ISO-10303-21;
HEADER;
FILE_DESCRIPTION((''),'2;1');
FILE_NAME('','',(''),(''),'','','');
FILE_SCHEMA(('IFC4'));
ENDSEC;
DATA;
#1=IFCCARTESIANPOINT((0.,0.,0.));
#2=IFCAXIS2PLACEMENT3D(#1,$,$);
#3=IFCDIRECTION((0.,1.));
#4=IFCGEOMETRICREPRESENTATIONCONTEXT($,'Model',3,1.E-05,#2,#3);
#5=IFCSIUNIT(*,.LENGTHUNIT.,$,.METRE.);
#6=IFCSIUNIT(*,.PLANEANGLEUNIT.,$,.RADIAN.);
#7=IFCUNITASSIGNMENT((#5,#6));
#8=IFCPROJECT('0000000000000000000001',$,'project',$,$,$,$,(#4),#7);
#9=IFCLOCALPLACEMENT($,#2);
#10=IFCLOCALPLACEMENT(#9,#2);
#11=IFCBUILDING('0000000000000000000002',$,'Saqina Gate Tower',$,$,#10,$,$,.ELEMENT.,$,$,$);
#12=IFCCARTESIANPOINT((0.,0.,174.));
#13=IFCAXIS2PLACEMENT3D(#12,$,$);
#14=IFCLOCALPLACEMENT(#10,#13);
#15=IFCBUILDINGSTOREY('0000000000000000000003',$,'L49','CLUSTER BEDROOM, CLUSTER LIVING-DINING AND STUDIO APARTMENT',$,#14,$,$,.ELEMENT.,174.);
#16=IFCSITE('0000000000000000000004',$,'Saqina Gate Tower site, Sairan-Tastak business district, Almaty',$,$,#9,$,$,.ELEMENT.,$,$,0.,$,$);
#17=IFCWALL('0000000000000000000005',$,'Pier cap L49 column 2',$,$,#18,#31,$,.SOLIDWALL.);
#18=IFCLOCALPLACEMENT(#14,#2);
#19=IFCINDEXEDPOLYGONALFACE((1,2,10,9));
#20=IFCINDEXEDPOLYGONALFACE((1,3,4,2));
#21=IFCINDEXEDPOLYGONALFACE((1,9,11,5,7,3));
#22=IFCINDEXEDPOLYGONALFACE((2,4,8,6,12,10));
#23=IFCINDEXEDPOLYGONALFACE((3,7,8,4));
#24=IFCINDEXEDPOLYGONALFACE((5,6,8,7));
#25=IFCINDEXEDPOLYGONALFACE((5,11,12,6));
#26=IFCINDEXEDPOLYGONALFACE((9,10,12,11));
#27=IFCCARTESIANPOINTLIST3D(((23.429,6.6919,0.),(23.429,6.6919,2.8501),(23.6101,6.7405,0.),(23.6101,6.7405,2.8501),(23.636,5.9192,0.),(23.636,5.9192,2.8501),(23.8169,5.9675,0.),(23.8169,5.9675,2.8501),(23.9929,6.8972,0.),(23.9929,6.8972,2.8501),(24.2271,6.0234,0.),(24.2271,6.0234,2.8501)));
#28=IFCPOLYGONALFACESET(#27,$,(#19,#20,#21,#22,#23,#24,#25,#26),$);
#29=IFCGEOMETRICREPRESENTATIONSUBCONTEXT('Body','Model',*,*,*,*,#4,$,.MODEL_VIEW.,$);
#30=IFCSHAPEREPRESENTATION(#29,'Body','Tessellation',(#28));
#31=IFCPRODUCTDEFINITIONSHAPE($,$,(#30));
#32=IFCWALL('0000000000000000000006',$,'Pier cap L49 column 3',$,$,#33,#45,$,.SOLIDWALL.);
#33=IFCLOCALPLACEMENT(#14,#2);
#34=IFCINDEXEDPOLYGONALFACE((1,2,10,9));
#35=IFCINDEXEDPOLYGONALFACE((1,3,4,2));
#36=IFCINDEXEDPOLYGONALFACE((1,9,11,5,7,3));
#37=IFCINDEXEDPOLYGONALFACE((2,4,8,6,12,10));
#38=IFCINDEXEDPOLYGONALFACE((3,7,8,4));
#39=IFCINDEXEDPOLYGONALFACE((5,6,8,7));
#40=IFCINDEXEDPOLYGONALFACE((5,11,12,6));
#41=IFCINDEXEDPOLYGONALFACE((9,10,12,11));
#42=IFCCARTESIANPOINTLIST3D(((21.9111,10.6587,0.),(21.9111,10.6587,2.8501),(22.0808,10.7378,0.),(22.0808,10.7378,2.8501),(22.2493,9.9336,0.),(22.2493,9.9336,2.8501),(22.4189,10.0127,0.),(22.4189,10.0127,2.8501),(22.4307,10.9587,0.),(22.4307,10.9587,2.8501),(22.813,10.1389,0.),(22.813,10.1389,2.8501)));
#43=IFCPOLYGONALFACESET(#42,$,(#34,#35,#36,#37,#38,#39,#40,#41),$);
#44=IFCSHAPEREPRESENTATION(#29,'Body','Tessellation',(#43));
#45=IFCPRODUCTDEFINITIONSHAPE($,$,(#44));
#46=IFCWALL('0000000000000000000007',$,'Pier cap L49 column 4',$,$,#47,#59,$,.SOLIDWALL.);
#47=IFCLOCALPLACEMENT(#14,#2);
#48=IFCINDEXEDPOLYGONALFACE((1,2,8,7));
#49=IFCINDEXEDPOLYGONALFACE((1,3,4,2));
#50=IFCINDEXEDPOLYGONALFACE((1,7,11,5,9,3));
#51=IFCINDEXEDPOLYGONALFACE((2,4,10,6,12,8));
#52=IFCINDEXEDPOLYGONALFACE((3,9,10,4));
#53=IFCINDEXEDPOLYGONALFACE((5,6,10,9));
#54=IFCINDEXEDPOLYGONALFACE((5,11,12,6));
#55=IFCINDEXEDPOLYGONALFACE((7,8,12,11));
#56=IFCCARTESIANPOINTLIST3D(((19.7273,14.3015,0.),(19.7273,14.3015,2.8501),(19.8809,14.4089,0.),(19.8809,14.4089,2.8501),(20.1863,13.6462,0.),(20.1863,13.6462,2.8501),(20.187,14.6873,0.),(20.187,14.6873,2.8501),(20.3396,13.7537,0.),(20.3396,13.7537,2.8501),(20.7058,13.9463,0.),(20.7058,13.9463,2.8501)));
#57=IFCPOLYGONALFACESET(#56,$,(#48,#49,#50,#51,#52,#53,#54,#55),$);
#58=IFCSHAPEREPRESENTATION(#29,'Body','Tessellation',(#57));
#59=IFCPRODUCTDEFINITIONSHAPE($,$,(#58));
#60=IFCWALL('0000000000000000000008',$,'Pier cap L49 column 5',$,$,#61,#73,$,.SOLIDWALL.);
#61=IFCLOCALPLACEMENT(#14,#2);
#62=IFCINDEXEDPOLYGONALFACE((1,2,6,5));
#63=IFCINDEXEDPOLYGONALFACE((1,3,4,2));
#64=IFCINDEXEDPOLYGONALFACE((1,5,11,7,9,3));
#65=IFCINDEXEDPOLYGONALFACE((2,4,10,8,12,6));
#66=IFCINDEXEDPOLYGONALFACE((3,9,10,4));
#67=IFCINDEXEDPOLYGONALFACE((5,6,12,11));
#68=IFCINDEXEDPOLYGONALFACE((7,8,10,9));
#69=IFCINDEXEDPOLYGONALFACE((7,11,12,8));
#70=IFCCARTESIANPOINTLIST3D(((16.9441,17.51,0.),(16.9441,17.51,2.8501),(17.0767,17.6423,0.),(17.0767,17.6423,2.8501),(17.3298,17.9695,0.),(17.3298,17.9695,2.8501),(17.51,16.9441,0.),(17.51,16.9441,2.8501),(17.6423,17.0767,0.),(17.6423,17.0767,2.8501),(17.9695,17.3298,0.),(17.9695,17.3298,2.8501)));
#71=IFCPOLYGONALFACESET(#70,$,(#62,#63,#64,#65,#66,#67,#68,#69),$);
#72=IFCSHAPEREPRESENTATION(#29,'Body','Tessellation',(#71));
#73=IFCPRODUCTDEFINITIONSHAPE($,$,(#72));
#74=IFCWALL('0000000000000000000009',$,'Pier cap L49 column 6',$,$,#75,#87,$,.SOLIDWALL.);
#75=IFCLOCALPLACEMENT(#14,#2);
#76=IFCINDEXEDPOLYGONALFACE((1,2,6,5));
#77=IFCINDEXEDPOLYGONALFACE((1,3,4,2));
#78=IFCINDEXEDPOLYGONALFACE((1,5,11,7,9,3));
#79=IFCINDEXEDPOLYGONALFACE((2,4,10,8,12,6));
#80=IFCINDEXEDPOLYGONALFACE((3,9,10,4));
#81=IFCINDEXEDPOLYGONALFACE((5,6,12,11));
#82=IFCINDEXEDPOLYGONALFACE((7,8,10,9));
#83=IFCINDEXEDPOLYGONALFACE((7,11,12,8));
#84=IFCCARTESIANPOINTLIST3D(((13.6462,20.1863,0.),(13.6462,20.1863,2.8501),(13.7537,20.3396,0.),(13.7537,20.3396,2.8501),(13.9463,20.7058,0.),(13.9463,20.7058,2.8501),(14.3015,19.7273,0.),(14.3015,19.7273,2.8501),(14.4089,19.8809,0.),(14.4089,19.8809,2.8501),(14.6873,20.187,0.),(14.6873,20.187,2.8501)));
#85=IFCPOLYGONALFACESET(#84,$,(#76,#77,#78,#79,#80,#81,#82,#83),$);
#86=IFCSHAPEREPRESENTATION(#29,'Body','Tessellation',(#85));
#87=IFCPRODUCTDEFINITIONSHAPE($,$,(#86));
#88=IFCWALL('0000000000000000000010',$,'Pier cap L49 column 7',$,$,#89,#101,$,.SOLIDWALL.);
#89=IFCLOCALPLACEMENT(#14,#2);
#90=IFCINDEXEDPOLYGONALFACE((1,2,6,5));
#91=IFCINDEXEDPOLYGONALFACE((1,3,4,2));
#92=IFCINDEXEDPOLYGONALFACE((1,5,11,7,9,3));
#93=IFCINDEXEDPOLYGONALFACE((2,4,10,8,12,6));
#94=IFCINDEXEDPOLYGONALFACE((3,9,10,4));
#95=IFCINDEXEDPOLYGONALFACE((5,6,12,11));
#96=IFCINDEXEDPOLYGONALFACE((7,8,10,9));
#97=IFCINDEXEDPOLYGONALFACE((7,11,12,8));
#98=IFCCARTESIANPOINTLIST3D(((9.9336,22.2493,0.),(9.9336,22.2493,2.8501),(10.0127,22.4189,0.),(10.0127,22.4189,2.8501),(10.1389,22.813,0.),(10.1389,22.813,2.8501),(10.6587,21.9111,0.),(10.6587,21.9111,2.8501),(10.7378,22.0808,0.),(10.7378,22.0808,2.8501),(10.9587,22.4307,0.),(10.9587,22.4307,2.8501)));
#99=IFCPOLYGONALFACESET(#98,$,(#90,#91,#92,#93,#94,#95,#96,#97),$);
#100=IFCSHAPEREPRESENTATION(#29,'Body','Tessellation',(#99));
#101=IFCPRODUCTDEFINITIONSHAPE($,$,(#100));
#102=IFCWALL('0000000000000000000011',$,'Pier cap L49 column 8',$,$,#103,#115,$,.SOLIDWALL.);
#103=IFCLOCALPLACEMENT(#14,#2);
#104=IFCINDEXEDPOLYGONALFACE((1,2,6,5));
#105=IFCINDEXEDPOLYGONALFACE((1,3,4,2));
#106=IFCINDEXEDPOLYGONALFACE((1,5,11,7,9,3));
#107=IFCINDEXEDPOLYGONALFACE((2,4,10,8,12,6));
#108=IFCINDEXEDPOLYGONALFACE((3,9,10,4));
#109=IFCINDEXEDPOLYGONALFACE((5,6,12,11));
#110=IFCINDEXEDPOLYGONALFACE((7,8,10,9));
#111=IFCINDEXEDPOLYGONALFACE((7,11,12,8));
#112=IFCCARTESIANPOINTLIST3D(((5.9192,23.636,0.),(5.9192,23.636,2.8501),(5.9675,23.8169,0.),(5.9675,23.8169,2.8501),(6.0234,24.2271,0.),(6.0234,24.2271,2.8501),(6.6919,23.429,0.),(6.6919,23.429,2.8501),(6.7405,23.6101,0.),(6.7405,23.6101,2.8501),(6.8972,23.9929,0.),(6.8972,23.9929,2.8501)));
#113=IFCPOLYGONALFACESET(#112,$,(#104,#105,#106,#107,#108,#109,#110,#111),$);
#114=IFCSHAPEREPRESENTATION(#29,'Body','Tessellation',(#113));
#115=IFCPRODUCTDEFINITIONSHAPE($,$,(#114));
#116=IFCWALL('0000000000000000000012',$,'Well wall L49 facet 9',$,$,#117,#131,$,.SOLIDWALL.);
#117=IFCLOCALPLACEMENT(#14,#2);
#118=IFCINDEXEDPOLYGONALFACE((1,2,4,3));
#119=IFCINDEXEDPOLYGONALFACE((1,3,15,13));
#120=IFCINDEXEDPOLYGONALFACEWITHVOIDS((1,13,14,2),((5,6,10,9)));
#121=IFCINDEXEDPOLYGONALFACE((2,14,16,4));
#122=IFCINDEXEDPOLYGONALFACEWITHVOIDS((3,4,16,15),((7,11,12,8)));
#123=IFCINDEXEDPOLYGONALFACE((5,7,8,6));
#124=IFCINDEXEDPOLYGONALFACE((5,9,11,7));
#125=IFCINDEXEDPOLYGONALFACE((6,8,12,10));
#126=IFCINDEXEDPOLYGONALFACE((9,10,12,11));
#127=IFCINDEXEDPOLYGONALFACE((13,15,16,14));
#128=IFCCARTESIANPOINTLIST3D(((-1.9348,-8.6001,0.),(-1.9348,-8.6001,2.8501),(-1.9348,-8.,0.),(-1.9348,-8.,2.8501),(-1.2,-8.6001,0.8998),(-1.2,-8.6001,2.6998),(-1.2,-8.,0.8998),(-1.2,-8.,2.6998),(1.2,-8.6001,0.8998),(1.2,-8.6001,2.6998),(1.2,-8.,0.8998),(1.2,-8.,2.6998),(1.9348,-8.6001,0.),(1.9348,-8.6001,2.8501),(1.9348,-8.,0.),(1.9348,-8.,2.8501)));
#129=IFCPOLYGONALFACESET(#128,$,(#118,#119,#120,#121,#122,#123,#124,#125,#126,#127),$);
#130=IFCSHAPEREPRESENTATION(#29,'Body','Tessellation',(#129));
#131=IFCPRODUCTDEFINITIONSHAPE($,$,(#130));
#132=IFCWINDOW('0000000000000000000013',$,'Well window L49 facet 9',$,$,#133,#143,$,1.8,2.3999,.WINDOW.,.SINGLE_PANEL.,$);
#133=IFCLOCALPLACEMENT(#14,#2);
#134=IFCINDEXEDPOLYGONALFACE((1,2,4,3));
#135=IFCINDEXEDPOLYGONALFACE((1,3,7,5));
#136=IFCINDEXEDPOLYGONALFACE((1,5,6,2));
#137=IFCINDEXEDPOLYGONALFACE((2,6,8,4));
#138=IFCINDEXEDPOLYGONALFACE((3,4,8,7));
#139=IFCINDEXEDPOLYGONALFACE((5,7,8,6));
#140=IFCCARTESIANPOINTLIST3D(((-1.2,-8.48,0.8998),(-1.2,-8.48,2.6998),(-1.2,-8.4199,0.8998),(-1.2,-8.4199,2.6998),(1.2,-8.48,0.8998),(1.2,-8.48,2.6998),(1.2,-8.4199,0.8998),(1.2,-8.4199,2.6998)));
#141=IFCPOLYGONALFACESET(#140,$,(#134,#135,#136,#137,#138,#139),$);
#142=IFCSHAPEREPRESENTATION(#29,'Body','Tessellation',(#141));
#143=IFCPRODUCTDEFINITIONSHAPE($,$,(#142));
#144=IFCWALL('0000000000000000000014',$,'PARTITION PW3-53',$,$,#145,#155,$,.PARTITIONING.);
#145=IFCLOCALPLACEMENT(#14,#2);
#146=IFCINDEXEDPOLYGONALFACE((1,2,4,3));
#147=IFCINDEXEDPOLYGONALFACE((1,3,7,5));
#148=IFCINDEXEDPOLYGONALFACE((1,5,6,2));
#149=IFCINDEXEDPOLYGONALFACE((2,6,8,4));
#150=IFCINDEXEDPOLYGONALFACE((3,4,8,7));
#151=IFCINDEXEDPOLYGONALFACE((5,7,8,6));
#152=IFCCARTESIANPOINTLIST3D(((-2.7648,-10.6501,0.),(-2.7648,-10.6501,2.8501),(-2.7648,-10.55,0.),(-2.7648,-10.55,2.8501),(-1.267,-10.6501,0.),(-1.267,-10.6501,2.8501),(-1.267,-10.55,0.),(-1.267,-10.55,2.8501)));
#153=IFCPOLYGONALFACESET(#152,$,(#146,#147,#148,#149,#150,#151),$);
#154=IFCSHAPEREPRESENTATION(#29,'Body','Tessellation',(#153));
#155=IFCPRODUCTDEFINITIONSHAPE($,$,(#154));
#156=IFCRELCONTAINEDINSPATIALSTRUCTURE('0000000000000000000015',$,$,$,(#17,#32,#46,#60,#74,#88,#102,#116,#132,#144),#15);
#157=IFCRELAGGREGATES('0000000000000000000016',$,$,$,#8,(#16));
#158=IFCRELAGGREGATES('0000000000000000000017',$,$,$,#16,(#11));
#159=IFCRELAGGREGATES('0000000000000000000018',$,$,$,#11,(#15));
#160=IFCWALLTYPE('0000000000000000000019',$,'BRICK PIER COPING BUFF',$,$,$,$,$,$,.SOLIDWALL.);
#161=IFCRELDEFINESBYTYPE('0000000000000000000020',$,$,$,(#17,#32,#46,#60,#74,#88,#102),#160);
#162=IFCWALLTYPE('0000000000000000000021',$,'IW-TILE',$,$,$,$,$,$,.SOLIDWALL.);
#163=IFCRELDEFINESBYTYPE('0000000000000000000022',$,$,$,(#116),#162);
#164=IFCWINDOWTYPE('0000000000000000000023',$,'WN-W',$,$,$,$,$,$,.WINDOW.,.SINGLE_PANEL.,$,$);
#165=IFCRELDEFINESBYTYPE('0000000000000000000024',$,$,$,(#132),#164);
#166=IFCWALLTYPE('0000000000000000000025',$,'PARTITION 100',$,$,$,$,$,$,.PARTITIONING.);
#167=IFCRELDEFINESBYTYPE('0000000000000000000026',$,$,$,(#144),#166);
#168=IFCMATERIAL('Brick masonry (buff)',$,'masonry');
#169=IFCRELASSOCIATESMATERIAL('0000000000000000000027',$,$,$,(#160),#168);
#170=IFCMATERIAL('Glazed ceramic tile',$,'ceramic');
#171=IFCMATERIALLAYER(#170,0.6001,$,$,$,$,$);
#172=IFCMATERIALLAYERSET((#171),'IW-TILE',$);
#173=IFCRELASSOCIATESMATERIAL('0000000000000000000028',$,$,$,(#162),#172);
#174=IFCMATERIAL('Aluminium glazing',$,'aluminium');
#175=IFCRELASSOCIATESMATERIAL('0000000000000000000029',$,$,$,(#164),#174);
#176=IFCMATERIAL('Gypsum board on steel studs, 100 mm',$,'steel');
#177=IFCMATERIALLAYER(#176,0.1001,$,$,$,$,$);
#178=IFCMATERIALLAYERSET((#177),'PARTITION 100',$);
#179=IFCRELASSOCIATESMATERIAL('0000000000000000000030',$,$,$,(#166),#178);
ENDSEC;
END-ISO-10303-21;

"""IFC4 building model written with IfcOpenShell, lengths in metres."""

from ifc_helpers import new_model, si_unit, direction, frame, frame_2d, origin, place, context, subcontext, project, spatial, polyline, rectangle, outline, extrude, material, layer, layer_set, type_object, element, fill, save


model = new_model("IFC4")

# Units and contexts
model_context = context("Model", 3, precision=1e-05, world=origin(), true_north=direction((0.0, 1.0)))
body_context = subcontext(model_context, "Body", "Model", "MODEL_VIEW")
ifc_project = project(units=[si_unit("LENGTHUNIT", "METRE"), si_unit("PLANEANGLEUNIT", "RADIAN")], contexts=[model_context])

# Site, building, storey
site_placement = place(None, origin())
site = spatial("IfcSite", under=ifc_project, at=site_placement, Name="Saqina Gate Tower site, Sairan-Tastak business district, Almaty", CompositionType="ELEMENT", RefElevation=0.0)
building_placement = place(site_placement, origin())
building = spatial("IfcBuilding", under=site, at=building_placement, Name="Saqina Gate Tower", CompositionType="ELEMENT")
storey_placement = place(building_placement, frame((0.0, 0.0, 174.0)))
storey = spatial("IfcBuildingStorey", under=building, at=storey_placement, Name="L49", Description="CLUSTER BEDROOM, CLUSTER LIVING-DINING AND STUDIO APARTMENT", CompositionType="ELEMENT", Elevation=174.0)

# Walls
ifc_material_1 = material(Name="Brick masonry (buff)", Category="masonry")
wall_type_1 = type_object("IfcWallType", Name="BRICK PIER COPING BUFF", PredefinedType="SOLIDWALL", material=ifc_material_1)
wall_1_placement = place(storey_placement, origin())
element("IfcWall", 1, at=wall_1_placement, inside=storey, type_object=wall_type_1, Name="Pier cap L49 column 2", PredefinedType="SOLIDWALL", context=body_context, shape_type="SweptSolid", body=[
    extrude(outline(polyline([(24.2271, 6.0234), (23.9929, 6.8972), (23.429, 6.6919), (23.6101, 6.7405), (23.8169, 5.9675), (23.636, 5.9192), (24.2271, 6.0234)])), origin(), (0.0, 0.0, 1.0), 2.8501),
])
wall_2_placement = place(storey_placement, origin())
element("IfcWall", 2, at=wall_2_placement, inside=storey, type_object=wall_type_1, Name="Pier cap L49 column 3", PredefinedType="SOLIDWALL", context=body_context, shape_type="SweptSolid", body=[
    extrude(outline(polyline([(22.4307, 10.9587), (21.9111, 10.6587), (22.0808, 10.7378), (22.4189, 10.0127), (22.2493, 9.9336), (22.813, 10.1389), (22.4307, 10.9587)])), origin(), (0.0, 0.0, 1.0), 2.8501),
])
wall_3_placement = place(storey_placement, origin())
element("IfcWall", 3, at=wall_3_placement, inside=storey, type_object=wall_type_1, Name="Pier cap L49 column 4", PredefinedType="SOLIDWALL", context=body_context, shape_type="SweptSolid", body=[
    extrude(outline(polyline([(20.7058, 13.9463), (20.187, 14.6873), (19.7273, 14.3015), (19.8809, 14.4089), (20.3396, 13.7537), (20.1863, 13.6462), (20.7058, 13.9463)])), origin(), (0.0, 0.0, 1.0), 2.8501),
])
wall_4_placement = place(storey_placement, origin())
element("IfcWall", 4, at=wall_4_placement, inside=storey, type_object=wall_type_1, Name="Pier cap L49 column 5", PredefinedType="SOLIDWALL", context=body_context, shape_type="SweptSolid", body=[
    extrude(outline(polyline([(17.3298, 17.9695), (16.9441, 17.51), (17.0767, 17.6423), (17.6423, 17.0767), (17.51, 16.9441), (17.9695, 17.3298), (17.3298, 17.9695)])), origin(), (0.0, 0.0, 1.0), 2.8501),
])
wall_5_placement = place(storey_placement, origin())
element("IfcWall", 5, at=wall_5_placement, inside=storey, type_object=wall_type_1, Name="Pier cap L49 column 6", PredefinedType="SOLIDWALL", context=body_context, shape_type="SweptSolid", body=[
    extrude(outline(polyline([(14.6873, 20.187), (13.9463, 20.7058), (13.6462, 20.1863), (13.7537, 20.3396), (14.4089, 19.8809), (14.3015, 19.7273), (14.6873, 20.187)])), origin(), (0.0, 0.0, 1.0), 2.8501),
])
wall_6_placement = place(storey_placement, origin())
element("IfcWall", 6, at=wall_6_placement, inside=storey, type_object=wall_type_1, Name="Pier cap L49 column 7", PredefinedType="SOLIDWALL", context=body_context, shape_type="SweptSolid", body=[
    extrude(outline(polyline([(10.1389, 22.813), (9.9336, 22.2493), (10.0127, 22.4189), (10.7378, 22.0808), (10.6587, 21.9111), (10.9587, 22.4307), (10.1389, 22.813)])), origin(), (0.0, 0.0, 1.0), 2.8501),
])
wall_7_placement = place(storey_placement, origin())
element("IfcWall", 7, at=wall_7_placement, inside=storey, type_object=wall_type_1, Name="Pier cap L49 column 8", PredefinedType="SOLIDWALL", context=body_context, shape_type="SweptSolid", body=[
    extrude(outline(polyline([(6.0234, 24.2271), (5.9192, 23.636), (5.9675, 23.8169), (6.7405, 23.6101), (6.6919, 23.429), (6.8972, 23.9929), (6.0234, 24.2271)])), origin(), (0.0, 0.0, 1.0), 2.8501),
])

# Wall, opening, window
ifc_material_2 = material(Name="Glazed ceramic tile", Category="ceramic")
ifc_layer_1 = layer(ifc_material_2, 0.6001)
ifc_layer_set_1 = layer_set([ifc_layer_1], Name="IW-TILE")
wall_type_2 = type_object("IfcWallType", Name="IW-TILE", PredefinedType="SOLIDWALL", material=ifc_layer_set_1)
wall_8_placement = place(storey_placement, frame((-1.9348, -8.3, 0.0), z_axis=(0.0, 0.0, 1.0), x_axis=(1.0, 0.0, 0.0)))
wall_8 = element("IfcWall", 8, at=wall_8_placement, inside=storey, type_object=wall_type_2, Name="Well wall L49 facet 9", PredefinedType="SOLIDWALL", context=body_context, shape_type="SweptSolid", body=[
    extrude(rectangle(XDim=3.8696, YDim=0.6001, at=frame_2d((1.9348, 0.0))), origin(), (0.0, 0.0, 1.0), 2.8501),
])
opening_placement = place(wall_8_placement, frame((0.7349, 0.0, 0.8999)))
opening = element("IfcOpeningElement", 9, at=opening_placement, cuts=wall_8, PredefinedType="OPENING", context=body_context, shape_type="SweptSolid", body=[
    extrude(rectangle(XDim=2.3999, YDim=1.8, at=frame_2d((1.2, 0.8999))), frame((0.0, 0.312, 0.0), z_axis=(0.0, -1.0, 0.0), x_axis=(1.0, 0.0, 0.0)), (0.0, 0.0, 1.0), 0.624),
])
ifc_material_3 = material(Name="Aluminium glazing", Category="aluminium")
window_type = type_object("IfcWindowType", Name="WN-W", PartitioningType="SINGLE_PANEL", PredefinedType="WINDOW", material=ifc_material_3)
window_placement = place(opening_placement, origin())
window = element("IfcWindow", 10, at=window_placement, inside=storey, type_object=window_type, Name="Well window L49 facet 9", OverallHeight=1.8, OverallWidth=2.3999, PartitioningType="SINGLE_PANEL", PredefinedType="WINDOW", context=body_context, shape_type="SweptSolid", body=[
    extrude(rectangle(XDim=2.3999, YDim=1.8, at=frame_2d((1.2, 0.8999))), frame((0.0, -0.1199, 0.0), z_axis=(0.0, -1.0, 0.0), x_axis=(1.0, 0.0, 0.0)), (0.0, 0.0, 1.0), 0.0601),
])
fill(opening, window)

# Wall
ifc_material_4 = material(Name="Gypsum board on steel studs, 100 mm", Category="steel")
ifc_layer_2 = layer(ifc_material_4, 0.1001)
ifc_layer_set_2 = layer_set([ifc_layer_2], Name="PARTITION 100")
wall_type_3 = type_object("IfcWallType", Name="PARTITION 100", PredefinedType="PARTITIONING", material=ifc_layer_set_2)
wall_9_placement = place(storey_placement, frame((-2.7649, -10.6001, 0.0), z_axis=(0.0, 0.0, 1.0), x_axis=(1.0, 0.0, 0.0)))
element("IfcWall", 11, at=wall_9_placement, inside=storey, type_object=wall_type_3, Name="PARTITION PW3-53", PredefinedType="PARTITIONING", context=body_context, shape_type="SweptSolid", body=[
    extrude(rectangle(XDim=1.4978, YDim=0.1001, at=frame_2d((0.749, 0.0))), origin(), (0.0, 0.0, 1.0), 2.8501),
])

save(model, "model.ifc")
